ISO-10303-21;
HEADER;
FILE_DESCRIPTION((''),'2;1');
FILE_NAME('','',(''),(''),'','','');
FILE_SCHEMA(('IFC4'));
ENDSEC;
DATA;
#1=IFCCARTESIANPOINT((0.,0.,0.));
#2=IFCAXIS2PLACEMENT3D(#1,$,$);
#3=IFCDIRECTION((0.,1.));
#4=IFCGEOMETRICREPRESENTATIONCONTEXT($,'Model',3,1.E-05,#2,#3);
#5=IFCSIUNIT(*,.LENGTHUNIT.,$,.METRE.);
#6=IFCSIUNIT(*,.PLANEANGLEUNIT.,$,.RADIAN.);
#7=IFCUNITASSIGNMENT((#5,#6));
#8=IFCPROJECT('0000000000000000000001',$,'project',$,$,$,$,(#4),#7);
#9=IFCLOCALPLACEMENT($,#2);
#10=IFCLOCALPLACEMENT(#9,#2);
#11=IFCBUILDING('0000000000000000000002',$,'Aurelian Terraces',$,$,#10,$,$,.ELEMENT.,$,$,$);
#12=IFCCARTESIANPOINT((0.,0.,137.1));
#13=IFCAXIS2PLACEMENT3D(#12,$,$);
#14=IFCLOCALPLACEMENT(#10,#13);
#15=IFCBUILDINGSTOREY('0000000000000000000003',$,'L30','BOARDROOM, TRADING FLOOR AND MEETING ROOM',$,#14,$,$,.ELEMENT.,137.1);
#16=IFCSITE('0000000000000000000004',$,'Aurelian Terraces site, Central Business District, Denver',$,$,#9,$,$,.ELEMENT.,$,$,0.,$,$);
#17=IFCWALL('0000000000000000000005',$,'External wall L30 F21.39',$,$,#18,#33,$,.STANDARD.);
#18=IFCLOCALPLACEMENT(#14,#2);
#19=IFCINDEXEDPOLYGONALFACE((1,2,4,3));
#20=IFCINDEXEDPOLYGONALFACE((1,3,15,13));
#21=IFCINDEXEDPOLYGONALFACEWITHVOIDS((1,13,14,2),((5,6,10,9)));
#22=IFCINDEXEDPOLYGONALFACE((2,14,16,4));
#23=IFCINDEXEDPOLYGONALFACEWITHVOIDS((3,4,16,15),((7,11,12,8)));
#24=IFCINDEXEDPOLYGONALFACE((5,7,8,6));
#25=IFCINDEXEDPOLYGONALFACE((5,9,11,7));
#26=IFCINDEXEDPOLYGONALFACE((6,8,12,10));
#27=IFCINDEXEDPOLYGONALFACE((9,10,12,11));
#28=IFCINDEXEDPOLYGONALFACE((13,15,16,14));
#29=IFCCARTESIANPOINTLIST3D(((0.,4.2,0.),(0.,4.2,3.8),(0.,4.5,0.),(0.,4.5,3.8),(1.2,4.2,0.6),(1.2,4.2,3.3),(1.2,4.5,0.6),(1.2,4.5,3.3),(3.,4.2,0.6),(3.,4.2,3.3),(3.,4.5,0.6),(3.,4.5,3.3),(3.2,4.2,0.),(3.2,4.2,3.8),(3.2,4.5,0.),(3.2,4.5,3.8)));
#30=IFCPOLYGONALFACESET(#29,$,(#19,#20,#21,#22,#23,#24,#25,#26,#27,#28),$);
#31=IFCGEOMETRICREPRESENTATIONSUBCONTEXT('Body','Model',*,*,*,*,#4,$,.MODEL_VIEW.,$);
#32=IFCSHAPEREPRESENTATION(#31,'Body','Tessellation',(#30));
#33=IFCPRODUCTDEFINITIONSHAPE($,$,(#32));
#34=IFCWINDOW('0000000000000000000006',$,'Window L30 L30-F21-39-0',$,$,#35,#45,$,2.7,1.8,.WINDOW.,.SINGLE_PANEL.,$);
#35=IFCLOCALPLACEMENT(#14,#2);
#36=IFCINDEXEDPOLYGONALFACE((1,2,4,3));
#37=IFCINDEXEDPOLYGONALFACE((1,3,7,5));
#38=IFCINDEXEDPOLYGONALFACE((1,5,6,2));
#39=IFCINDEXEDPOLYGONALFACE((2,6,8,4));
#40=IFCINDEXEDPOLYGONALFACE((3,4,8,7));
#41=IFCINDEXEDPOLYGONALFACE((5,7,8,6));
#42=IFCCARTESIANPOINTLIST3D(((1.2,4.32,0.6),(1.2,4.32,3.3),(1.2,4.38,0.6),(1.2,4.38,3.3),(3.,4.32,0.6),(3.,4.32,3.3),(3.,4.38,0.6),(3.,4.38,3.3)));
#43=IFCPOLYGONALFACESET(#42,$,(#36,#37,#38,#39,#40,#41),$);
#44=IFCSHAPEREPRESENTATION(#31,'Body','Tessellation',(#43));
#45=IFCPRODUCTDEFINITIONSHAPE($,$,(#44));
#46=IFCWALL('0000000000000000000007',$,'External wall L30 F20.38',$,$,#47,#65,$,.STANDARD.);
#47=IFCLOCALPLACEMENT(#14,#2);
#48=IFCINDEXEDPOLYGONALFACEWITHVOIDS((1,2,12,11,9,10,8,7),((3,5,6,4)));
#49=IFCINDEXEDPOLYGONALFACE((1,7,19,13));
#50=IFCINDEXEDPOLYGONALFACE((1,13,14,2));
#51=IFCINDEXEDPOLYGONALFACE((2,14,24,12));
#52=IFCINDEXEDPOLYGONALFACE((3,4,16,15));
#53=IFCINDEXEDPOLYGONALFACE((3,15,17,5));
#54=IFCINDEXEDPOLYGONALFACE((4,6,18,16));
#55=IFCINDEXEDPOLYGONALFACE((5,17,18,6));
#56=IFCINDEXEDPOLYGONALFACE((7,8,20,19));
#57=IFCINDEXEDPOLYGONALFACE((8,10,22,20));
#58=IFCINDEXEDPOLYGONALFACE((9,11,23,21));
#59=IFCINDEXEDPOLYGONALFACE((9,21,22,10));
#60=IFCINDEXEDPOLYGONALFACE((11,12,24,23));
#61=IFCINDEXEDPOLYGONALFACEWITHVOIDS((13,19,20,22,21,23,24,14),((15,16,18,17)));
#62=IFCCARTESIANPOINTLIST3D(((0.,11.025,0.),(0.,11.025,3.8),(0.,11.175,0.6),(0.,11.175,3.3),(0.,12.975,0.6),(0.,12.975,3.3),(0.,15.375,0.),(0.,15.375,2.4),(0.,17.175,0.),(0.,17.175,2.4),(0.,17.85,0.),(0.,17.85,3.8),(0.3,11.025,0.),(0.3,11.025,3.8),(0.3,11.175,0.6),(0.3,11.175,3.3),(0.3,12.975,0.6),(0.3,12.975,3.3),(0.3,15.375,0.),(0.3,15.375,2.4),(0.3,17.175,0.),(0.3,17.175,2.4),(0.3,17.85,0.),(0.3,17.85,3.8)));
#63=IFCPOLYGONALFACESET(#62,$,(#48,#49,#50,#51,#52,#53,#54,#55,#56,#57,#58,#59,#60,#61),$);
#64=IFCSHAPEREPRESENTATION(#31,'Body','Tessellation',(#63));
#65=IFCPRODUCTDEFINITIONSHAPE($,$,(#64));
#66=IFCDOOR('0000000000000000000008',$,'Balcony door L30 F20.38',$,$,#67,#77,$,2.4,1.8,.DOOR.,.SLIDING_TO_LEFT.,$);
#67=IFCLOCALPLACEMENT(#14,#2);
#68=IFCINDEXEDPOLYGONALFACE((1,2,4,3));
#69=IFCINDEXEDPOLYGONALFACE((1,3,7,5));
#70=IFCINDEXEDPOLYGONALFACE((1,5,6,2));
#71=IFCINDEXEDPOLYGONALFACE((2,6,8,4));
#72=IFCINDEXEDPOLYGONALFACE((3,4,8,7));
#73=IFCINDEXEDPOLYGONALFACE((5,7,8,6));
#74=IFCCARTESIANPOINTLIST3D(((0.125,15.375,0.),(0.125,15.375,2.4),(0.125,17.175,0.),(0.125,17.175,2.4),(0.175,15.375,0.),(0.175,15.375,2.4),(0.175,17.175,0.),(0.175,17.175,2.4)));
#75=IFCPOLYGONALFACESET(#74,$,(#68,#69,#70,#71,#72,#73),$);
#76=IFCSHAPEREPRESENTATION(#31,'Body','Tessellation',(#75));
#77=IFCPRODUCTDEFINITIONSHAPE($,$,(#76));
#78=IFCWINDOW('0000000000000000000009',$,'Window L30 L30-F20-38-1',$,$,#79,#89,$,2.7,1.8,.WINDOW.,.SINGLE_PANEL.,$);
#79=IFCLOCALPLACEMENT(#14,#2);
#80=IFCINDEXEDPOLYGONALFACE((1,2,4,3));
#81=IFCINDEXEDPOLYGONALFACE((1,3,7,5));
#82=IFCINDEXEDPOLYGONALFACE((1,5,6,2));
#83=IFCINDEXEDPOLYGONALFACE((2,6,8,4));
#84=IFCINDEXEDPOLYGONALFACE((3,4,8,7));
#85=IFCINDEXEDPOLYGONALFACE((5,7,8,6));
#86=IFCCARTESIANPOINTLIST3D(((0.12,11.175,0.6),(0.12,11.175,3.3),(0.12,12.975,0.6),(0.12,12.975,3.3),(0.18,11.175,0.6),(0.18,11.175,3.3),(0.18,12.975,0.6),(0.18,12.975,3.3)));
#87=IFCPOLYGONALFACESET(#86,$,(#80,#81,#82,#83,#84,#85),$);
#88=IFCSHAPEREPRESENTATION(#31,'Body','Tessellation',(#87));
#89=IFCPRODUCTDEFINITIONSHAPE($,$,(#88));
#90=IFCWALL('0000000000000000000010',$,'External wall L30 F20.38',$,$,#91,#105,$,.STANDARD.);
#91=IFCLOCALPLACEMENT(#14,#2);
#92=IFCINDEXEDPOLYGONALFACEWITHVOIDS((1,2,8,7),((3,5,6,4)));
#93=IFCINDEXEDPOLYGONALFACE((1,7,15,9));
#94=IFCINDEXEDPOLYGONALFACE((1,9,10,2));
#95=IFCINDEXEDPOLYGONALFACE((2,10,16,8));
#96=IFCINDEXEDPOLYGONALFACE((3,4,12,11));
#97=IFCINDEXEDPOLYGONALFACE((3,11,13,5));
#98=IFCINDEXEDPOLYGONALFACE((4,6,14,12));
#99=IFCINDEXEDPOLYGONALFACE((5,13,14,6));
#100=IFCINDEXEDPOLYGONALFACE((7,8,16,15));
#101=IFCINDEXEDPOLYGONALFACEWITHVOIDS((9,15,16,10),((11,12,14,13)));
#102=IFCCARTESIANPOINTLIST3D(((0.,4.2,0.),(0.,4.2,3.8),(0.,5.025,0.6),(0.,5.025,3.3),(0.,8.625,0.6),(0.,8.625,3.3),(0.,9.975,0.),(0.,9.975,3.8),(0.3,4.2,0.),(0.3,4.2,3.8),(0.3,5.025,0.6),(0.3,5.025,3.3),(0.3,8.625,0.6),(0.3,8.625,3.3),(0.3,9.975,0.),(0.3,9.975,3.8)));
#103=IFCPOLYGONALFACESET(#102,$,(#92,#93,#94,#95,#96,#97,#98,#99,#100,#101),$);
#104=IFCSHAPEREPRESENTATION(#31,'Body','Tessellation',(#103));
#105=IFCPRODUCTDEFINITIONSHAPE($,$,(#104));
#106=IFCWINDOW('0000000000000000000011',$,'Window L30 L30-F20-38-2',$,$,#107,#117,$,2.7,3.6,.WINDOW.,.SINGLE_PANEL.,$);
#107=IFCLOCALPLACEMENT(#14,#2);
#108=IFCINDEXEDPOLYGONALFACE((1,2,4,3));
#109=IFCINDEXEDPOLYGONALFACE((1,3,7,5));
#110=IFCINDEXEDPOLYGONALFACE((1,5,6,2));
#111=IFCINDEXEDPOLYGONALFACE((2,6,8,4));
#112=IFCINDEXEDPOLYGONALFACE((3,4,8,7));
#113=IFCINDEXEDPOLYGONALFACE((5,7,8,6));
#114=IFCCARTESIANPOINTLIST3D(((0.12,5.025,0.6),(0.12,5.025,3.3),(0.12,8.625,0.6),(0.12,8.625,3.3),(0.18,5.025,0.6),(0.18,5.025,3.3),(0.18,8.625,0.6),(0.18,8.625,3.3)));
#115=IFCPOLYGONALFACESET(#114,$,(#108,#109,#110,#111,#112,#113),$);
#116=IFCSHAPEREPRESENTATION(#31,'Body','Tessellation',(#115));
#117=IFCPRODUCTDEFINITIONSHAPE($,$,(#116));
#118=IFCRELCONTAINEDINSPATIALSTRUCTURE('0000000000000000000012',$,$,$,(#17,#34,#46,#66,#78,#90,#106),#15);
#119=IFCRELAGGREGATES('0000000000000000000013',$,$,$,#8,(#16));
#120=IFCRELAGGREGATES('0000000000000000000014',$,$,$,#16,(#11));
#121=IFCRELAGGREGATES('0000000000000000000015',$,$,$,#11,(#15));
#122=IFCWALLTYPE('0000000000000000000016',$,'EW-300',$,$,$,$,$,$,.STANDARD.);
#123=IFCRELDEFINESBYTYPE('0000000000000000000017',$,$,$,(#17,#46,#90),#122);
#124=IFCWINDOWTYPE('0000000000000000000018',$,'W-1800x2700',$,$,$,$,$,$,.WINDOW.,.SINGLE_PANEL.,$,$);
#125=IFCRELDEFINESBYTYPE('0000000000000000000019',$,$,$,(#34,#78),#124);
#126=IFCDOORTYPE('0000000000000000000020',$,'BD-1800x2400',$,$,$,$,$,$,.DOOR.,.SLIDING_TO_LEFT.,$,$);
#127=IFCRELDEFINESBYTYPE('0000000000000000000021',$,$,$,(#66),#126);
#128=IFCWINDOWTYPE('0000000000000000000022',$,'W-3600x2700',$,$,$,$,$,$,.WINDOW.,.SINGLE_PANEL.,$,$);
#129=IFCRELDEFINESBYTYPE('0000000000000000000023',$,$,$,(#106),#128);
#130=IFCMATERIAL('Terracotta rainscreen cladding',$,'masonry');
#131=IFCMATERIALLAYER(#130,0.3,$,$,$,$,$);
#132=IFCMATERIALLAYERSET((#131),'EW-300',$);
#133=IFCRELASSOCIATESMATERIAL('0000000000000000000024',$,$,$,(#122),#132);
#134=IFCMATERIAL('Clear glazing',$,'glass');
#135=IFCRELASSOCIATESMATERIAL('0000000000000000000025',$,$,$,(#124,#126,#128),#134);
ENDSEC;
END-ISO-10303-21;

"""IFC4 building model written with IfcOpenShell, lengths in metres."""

from ifc_helpers import new_model, si_unit, direction, frame, frame_2d, origin, place, context, subcontext, project, spatial, rectangle, extrude, source, transform, mapped, material, layer, layer_set, type_object, element, fill, save


model = new_model("IFC4")

# Units and contexts
model_context = context("Model", 3, precision=1e-05, world=origin(), true_north=direction((0.0, 1.0)))
body_context = subcontext(model_context, "Body", "Model", "MODEL_VIEW")
ifc_project = project(units=[si_unit("LENGTHUNIT", "METRE"), si_unit("PLANEANGLEUNIT", "RADIAN")], contexts=[model_context])

# Site, building, storey
site_placement = place(None, origin())
site = spatial("IfcSite", under=ifc_project, at=site_placement, Name="Aurelian Terraces site, Central Business District, Denver", CompositionType="ELEMENT", RefElevation=0.0)
building_placement = place(site_placement, origin())
building = spatial("IfcBuilding", under=site, at=building_placement, Name="Aurelian Terraces", CompositionType="ELEMENT")
storey_placement = place(building_placement, frame((0.0, 0.0, 137.1)))
storey = spatial("IfcBuildingStorey", under=building, at=storey_placement, Name="L30", Description="BOARDROOM, TRADING FLOOR AND MEETING ROOM", CompositionType="ELEMENT", Elevation=137.1)

# Wall, opening, window
ifc_material_1 = material(Name="Terracotta rainscreen cladding", Category="masonry")
ifc_layer_1 = layer(ifc_material_1, 0.3)
ifc_layer_set_1 = layer_set([ifc_layer_1], Name="EW-300")
wall_type_1 = type_object("IfcWallType", Name="EW-300", PredefinedType="STANDARD", material=ifc_layer_set_1)
shared_shape_1 = source(origin(), body_context, "Body", "SweptSolid", [
    extrude(rectangle(XDim=3.2, YDim=0.3, at=frame_2d((1.6, 0.0))), origin(), (0.0, 0.0, 1.0), 3.8),
])
wall_1_placement = place(storey_placement, frame((0.0, 4.35, 0.0), z_axis=(0.0, 0.0, 1.0), x_axis=(1.0, 0.0, 0.0)))
wall_1 = element("IfcWall", 1, at=wall_1_placement, inside=storey, type_object=wall_type_1, Name="External wall L30 F21.39", PredefinedType="STANDARD", context=body_context, shape_type="MappedRepresentation", body=[
    mapped(shared_shape_1, transform((0.0, 0.0, 0.0), scale=1.0)),
])
shared_shape_2 = source(origin(), body_context, "Body", "SweptSolid", [
    extrude(rectangle(XDim=1.8, YDim=2.7, at=frame_2d((0.9, 1.35))), frame((0.0, 0.16, 0.0), z_axis=(0.0, -1.0, 0.0), x_axis=(1.0, 0.0, 0.0)), (0.0, 0.0, 1.0), 0.32),
])
opening_1_placement = place(wall_1_placement, frame((1.2, 0.0, 0.6)))
opening_1 = element("IfcOpeningElement", 2, at=opening_1_placement, cuts=wall_1, PredefinedType="OPENING", context=body_context, shape_type="MappedRepresentation", body=[
    mapped(shared_shape_2, transform((0.0, 0.0, 0.0), scale=1.0)),
])
ifc_material_2 = material(Name="Clear glazing", Category="glass")
window_type_1 = type_object("IfcWindowType", Name="W-1800x2700", PartitioningType="SINGLE_PANEL", PredefinedType="WINDOW", material=ifc_material_2)
shared_shape_3 = source(origin(), body_context, "Body", "SweptSolid", [
    extrude(rectangle(XDim=1.8, YDim=2.7, at=frame_2d((0.9, 1.35))), frame((0.0, 0.03, 0.0), z_axis=(0.0, -1.0, 0.0), x_axis=(1.0, 0.0, 0.0)), (0.0, 0.0, 1.0), 0.06),
])
window_1_placement = place(opening_1_placement, origin())
window_1 = element("IfcWindow", 3, at=window_1_placement, inside=storey, type_object=window_type_1, Name="Window L30 L30-F21-39-0", OverallHeight=2.7, OverallWidth=1.8, PartitioningType="SINGLE_PANEL", PredefinedType="WINDOW", context=body_context, shape_type="MappedRepresentation", body=[
    mapped(shared_shape_3, transform((0.0, 0.0, 0.0), scale=1.0)),
])
fill(opening_1, window_1)

# Wall, openings, door, window
shared_shape_4 = source(origin(), body_context, "Body", "SweptSolid", [
    extrude(rectangle(XDim=6.825, YDim=0.3, at=frame_2d((3.4125, 0.0))), origin(), (0.0, 0.0, 1.0), 3.8),
])
wall_2_placement = place(storey_placement, frame((0.15, 17.85, 0.0), z_axis=(0.0, 0.0, 1.0), x_axis=(0.0, -1.0, 0.0)))
wall_2 = element("IfcWall", 4, at=wall_2_placement, inside=storey, type_object=wall_type_1, Name="External wall L30 F20.38", PredefinedType="STANDARD", context=body_context, shape_type="MappedRepresentation", body=[
    mapped(shared_shape_4, transform((0.0, 0.0, 0.0), scale=1.0)),
])
shared_shape_5 = source(origin(), body_context, "Body", "SweptSolid", [
    extrude(rectangle(XDim=1.8, YDim=2.4, at=frame_2d((0.9, 1.2))), frame((0.0, 0.16, 0.0), z_axis=(0.0, -1.0, 0.0), x_axis=(1.0, 0.0, 0.0)), (0.0, 0.0, 1.0), 0.32),
])
opening_2_placement = place(wall_2_placement, frame((0.675, 0.0, 0.0)))
opening_2 = element("IfcOpeningElement", 5, at=opening_2_placement, cuts=wall_2, PredefinedType="OPENING", context=body_context, shape_type="MappedRepresentation", body=[
    mapped(shared_shape_5, transform((0.0, 0.0, 0.0), scale=1.0)),
])
opening_3_placement = place(wall_2_placement, frame((4.875, 0.0, 0.6)))
opening_3 = element("IfcOpeningElement", 6, at=opening_3_placement, cuts=wall_2, PredefinedType="OPENING", context=body_context, shape_type="MappedRepresentation", body=[
    mapped(shared_shape_2, transform((0.0, 0.0, 0.0), scale=1.0)),
])
door_type_1 = type_object("IfcDoorType", Name="BD-1800x2400", OperationType="SLIDING_TO_LEFT", PredefinedType="DOOR", material=ifc_material_2)
shared_shape_6 = source(origin(), body_context, "Body", "SweptSolid", [
    extrude(rectangle(XDim=1.8, YDim=2.4, at=frame_2d((0.9, 1.2))), frame((0.0, 0.025, 0.0), z_axis=(0.0, -1.0, 0.0), x_axis=(1.0, 0.0, 0.0)), (0.0, 0.0, 1.0), 0.05),
])
door_1_placement = place(opening_2_placement, origin())
door_1 = element("IfcDoor", 7, at=door_1_placement, inside=storey, type_object=door_type_1, Name="Balcony door L30 F20.38", OperationType="SLIDING_TO_LEFT", OverallHeight=2.4, OverallWidth=1.8, PredefinedType="DOOR", context=body_context, shape_type="MappedRepresentation", body=[
    mapped(shared_shape_6, transform((0.0, 0.0, 0.0), scale=1.0)),
])
fill(opening_2, door_1)
window_2_placement = place(opening_3_placement, origin())
window_2 = element("IfcWindow", 8, at=window_2_placement, inside=storey, type_object=window_type_1, Name="Window L30 L30-F20-38-1", OverallHeight=2.7, OverallWidth=1.8, PartitioningType="SINGLE_PANEL", PredefinedType="WINDOW", context=body_context, shape_type="MappedRepresentation", body=[
    mapped(shared_shape_3, transform((0.0, 0.0, 0.0), scale=1.0)),
])
fill(opening_3, window_2)

# Wall, opening, window
shared_shape_7 = source(origin(), body_context, "Body", "SweptSolid", [
    extrude(rectangle(XDim=5.775, YDim=0.3, at=frame_2d((2.8875, 0.0))), origin(), (0.0, 0.0, 1.0), 3.8),
])
wall_3_placement = place(storey_placement, frame((0.15, 9.975, 0.0), z_axis=(0.0, 0.0, 1.0), x_axis=(0.0, -1.0, 0.0)))
wall_3 = element("IfcWall", 9, at=wall_3_placement, inside=storey, type_object=wall_type_1, Name="External wall L30 F20.38", PredefinedType="STANDARD", context=body_context, shape_type="MappedRepresentation", body=[
    mapped(shared_shape_7, transform((0.0, 0.0, 0.0), scale=1.0)),
])
shared_shape_8 = source(origin(), body_context, "Body", "SweptSolid", [
    extrude(rectangle(XDim=3.6, YDim=2.7, at=frame_2d((1.8, 1.35))), frame((0.0, 0.16, 0.0), z_axis=(0.0, -1.0, 0.0), x_axis=(1.0, 0.0, 0.0)), (0.0, 0.0, 1.0), 0.32),
])
opening_4_placement = place(wall_3_placement, frame((1.35, 0.0, 0.6)))
opening_4 = element("IfcOpeningElement", 10, at=opening_4_placement, cuts=wall_3, PredefinedType="OPENING", context=body_context, shape_type="MappedRepresentation", body=[
    mapped(shared_shape_8, transform((0.0, 0.0, 0.0), scale=1.0)),
])
window_type_2 = type_object("IfcWindowType", Name="W-3600x2700", PartitioningType="SINGLE_PANEL", PredefinedType="WINDOW", material=ifc_material_2)
shared_shape_9 = source(origin(), body_context, "Body", "SweptSolid", [
    extrude(rectangle(XDim=3.6, YDim=2.7, at=frame_2d((1.8, 1.35))), frame((0.0, 0.03, 0.0), z_axis=(0.0, -1.0, 0.0), x_axis=(1.0, 0.0, 0.0)), (0.0, 0.0, 1.0), 0.06),
])
window_3_placement = place(opening_4_placement, origin())
window_3 = element("IfcWindow", 11, at=window_3_placement, inside=storey, type_object=window_type_2, Name="Window L30 L30-F20-38-2", OverallHeight=2.7, OverallWidth=3.6, PartitioningType="SINGLE_PANEL", PredefinedType="WINDOW", context=body_context, shape_type="MappedRepresentation", body=[
    mapped(shared_shape_9, transform((0.0, 0.0, 0.0), scale=1.0)),
])
fill(opening_4, window_3)

save(model, "model.ifc")
